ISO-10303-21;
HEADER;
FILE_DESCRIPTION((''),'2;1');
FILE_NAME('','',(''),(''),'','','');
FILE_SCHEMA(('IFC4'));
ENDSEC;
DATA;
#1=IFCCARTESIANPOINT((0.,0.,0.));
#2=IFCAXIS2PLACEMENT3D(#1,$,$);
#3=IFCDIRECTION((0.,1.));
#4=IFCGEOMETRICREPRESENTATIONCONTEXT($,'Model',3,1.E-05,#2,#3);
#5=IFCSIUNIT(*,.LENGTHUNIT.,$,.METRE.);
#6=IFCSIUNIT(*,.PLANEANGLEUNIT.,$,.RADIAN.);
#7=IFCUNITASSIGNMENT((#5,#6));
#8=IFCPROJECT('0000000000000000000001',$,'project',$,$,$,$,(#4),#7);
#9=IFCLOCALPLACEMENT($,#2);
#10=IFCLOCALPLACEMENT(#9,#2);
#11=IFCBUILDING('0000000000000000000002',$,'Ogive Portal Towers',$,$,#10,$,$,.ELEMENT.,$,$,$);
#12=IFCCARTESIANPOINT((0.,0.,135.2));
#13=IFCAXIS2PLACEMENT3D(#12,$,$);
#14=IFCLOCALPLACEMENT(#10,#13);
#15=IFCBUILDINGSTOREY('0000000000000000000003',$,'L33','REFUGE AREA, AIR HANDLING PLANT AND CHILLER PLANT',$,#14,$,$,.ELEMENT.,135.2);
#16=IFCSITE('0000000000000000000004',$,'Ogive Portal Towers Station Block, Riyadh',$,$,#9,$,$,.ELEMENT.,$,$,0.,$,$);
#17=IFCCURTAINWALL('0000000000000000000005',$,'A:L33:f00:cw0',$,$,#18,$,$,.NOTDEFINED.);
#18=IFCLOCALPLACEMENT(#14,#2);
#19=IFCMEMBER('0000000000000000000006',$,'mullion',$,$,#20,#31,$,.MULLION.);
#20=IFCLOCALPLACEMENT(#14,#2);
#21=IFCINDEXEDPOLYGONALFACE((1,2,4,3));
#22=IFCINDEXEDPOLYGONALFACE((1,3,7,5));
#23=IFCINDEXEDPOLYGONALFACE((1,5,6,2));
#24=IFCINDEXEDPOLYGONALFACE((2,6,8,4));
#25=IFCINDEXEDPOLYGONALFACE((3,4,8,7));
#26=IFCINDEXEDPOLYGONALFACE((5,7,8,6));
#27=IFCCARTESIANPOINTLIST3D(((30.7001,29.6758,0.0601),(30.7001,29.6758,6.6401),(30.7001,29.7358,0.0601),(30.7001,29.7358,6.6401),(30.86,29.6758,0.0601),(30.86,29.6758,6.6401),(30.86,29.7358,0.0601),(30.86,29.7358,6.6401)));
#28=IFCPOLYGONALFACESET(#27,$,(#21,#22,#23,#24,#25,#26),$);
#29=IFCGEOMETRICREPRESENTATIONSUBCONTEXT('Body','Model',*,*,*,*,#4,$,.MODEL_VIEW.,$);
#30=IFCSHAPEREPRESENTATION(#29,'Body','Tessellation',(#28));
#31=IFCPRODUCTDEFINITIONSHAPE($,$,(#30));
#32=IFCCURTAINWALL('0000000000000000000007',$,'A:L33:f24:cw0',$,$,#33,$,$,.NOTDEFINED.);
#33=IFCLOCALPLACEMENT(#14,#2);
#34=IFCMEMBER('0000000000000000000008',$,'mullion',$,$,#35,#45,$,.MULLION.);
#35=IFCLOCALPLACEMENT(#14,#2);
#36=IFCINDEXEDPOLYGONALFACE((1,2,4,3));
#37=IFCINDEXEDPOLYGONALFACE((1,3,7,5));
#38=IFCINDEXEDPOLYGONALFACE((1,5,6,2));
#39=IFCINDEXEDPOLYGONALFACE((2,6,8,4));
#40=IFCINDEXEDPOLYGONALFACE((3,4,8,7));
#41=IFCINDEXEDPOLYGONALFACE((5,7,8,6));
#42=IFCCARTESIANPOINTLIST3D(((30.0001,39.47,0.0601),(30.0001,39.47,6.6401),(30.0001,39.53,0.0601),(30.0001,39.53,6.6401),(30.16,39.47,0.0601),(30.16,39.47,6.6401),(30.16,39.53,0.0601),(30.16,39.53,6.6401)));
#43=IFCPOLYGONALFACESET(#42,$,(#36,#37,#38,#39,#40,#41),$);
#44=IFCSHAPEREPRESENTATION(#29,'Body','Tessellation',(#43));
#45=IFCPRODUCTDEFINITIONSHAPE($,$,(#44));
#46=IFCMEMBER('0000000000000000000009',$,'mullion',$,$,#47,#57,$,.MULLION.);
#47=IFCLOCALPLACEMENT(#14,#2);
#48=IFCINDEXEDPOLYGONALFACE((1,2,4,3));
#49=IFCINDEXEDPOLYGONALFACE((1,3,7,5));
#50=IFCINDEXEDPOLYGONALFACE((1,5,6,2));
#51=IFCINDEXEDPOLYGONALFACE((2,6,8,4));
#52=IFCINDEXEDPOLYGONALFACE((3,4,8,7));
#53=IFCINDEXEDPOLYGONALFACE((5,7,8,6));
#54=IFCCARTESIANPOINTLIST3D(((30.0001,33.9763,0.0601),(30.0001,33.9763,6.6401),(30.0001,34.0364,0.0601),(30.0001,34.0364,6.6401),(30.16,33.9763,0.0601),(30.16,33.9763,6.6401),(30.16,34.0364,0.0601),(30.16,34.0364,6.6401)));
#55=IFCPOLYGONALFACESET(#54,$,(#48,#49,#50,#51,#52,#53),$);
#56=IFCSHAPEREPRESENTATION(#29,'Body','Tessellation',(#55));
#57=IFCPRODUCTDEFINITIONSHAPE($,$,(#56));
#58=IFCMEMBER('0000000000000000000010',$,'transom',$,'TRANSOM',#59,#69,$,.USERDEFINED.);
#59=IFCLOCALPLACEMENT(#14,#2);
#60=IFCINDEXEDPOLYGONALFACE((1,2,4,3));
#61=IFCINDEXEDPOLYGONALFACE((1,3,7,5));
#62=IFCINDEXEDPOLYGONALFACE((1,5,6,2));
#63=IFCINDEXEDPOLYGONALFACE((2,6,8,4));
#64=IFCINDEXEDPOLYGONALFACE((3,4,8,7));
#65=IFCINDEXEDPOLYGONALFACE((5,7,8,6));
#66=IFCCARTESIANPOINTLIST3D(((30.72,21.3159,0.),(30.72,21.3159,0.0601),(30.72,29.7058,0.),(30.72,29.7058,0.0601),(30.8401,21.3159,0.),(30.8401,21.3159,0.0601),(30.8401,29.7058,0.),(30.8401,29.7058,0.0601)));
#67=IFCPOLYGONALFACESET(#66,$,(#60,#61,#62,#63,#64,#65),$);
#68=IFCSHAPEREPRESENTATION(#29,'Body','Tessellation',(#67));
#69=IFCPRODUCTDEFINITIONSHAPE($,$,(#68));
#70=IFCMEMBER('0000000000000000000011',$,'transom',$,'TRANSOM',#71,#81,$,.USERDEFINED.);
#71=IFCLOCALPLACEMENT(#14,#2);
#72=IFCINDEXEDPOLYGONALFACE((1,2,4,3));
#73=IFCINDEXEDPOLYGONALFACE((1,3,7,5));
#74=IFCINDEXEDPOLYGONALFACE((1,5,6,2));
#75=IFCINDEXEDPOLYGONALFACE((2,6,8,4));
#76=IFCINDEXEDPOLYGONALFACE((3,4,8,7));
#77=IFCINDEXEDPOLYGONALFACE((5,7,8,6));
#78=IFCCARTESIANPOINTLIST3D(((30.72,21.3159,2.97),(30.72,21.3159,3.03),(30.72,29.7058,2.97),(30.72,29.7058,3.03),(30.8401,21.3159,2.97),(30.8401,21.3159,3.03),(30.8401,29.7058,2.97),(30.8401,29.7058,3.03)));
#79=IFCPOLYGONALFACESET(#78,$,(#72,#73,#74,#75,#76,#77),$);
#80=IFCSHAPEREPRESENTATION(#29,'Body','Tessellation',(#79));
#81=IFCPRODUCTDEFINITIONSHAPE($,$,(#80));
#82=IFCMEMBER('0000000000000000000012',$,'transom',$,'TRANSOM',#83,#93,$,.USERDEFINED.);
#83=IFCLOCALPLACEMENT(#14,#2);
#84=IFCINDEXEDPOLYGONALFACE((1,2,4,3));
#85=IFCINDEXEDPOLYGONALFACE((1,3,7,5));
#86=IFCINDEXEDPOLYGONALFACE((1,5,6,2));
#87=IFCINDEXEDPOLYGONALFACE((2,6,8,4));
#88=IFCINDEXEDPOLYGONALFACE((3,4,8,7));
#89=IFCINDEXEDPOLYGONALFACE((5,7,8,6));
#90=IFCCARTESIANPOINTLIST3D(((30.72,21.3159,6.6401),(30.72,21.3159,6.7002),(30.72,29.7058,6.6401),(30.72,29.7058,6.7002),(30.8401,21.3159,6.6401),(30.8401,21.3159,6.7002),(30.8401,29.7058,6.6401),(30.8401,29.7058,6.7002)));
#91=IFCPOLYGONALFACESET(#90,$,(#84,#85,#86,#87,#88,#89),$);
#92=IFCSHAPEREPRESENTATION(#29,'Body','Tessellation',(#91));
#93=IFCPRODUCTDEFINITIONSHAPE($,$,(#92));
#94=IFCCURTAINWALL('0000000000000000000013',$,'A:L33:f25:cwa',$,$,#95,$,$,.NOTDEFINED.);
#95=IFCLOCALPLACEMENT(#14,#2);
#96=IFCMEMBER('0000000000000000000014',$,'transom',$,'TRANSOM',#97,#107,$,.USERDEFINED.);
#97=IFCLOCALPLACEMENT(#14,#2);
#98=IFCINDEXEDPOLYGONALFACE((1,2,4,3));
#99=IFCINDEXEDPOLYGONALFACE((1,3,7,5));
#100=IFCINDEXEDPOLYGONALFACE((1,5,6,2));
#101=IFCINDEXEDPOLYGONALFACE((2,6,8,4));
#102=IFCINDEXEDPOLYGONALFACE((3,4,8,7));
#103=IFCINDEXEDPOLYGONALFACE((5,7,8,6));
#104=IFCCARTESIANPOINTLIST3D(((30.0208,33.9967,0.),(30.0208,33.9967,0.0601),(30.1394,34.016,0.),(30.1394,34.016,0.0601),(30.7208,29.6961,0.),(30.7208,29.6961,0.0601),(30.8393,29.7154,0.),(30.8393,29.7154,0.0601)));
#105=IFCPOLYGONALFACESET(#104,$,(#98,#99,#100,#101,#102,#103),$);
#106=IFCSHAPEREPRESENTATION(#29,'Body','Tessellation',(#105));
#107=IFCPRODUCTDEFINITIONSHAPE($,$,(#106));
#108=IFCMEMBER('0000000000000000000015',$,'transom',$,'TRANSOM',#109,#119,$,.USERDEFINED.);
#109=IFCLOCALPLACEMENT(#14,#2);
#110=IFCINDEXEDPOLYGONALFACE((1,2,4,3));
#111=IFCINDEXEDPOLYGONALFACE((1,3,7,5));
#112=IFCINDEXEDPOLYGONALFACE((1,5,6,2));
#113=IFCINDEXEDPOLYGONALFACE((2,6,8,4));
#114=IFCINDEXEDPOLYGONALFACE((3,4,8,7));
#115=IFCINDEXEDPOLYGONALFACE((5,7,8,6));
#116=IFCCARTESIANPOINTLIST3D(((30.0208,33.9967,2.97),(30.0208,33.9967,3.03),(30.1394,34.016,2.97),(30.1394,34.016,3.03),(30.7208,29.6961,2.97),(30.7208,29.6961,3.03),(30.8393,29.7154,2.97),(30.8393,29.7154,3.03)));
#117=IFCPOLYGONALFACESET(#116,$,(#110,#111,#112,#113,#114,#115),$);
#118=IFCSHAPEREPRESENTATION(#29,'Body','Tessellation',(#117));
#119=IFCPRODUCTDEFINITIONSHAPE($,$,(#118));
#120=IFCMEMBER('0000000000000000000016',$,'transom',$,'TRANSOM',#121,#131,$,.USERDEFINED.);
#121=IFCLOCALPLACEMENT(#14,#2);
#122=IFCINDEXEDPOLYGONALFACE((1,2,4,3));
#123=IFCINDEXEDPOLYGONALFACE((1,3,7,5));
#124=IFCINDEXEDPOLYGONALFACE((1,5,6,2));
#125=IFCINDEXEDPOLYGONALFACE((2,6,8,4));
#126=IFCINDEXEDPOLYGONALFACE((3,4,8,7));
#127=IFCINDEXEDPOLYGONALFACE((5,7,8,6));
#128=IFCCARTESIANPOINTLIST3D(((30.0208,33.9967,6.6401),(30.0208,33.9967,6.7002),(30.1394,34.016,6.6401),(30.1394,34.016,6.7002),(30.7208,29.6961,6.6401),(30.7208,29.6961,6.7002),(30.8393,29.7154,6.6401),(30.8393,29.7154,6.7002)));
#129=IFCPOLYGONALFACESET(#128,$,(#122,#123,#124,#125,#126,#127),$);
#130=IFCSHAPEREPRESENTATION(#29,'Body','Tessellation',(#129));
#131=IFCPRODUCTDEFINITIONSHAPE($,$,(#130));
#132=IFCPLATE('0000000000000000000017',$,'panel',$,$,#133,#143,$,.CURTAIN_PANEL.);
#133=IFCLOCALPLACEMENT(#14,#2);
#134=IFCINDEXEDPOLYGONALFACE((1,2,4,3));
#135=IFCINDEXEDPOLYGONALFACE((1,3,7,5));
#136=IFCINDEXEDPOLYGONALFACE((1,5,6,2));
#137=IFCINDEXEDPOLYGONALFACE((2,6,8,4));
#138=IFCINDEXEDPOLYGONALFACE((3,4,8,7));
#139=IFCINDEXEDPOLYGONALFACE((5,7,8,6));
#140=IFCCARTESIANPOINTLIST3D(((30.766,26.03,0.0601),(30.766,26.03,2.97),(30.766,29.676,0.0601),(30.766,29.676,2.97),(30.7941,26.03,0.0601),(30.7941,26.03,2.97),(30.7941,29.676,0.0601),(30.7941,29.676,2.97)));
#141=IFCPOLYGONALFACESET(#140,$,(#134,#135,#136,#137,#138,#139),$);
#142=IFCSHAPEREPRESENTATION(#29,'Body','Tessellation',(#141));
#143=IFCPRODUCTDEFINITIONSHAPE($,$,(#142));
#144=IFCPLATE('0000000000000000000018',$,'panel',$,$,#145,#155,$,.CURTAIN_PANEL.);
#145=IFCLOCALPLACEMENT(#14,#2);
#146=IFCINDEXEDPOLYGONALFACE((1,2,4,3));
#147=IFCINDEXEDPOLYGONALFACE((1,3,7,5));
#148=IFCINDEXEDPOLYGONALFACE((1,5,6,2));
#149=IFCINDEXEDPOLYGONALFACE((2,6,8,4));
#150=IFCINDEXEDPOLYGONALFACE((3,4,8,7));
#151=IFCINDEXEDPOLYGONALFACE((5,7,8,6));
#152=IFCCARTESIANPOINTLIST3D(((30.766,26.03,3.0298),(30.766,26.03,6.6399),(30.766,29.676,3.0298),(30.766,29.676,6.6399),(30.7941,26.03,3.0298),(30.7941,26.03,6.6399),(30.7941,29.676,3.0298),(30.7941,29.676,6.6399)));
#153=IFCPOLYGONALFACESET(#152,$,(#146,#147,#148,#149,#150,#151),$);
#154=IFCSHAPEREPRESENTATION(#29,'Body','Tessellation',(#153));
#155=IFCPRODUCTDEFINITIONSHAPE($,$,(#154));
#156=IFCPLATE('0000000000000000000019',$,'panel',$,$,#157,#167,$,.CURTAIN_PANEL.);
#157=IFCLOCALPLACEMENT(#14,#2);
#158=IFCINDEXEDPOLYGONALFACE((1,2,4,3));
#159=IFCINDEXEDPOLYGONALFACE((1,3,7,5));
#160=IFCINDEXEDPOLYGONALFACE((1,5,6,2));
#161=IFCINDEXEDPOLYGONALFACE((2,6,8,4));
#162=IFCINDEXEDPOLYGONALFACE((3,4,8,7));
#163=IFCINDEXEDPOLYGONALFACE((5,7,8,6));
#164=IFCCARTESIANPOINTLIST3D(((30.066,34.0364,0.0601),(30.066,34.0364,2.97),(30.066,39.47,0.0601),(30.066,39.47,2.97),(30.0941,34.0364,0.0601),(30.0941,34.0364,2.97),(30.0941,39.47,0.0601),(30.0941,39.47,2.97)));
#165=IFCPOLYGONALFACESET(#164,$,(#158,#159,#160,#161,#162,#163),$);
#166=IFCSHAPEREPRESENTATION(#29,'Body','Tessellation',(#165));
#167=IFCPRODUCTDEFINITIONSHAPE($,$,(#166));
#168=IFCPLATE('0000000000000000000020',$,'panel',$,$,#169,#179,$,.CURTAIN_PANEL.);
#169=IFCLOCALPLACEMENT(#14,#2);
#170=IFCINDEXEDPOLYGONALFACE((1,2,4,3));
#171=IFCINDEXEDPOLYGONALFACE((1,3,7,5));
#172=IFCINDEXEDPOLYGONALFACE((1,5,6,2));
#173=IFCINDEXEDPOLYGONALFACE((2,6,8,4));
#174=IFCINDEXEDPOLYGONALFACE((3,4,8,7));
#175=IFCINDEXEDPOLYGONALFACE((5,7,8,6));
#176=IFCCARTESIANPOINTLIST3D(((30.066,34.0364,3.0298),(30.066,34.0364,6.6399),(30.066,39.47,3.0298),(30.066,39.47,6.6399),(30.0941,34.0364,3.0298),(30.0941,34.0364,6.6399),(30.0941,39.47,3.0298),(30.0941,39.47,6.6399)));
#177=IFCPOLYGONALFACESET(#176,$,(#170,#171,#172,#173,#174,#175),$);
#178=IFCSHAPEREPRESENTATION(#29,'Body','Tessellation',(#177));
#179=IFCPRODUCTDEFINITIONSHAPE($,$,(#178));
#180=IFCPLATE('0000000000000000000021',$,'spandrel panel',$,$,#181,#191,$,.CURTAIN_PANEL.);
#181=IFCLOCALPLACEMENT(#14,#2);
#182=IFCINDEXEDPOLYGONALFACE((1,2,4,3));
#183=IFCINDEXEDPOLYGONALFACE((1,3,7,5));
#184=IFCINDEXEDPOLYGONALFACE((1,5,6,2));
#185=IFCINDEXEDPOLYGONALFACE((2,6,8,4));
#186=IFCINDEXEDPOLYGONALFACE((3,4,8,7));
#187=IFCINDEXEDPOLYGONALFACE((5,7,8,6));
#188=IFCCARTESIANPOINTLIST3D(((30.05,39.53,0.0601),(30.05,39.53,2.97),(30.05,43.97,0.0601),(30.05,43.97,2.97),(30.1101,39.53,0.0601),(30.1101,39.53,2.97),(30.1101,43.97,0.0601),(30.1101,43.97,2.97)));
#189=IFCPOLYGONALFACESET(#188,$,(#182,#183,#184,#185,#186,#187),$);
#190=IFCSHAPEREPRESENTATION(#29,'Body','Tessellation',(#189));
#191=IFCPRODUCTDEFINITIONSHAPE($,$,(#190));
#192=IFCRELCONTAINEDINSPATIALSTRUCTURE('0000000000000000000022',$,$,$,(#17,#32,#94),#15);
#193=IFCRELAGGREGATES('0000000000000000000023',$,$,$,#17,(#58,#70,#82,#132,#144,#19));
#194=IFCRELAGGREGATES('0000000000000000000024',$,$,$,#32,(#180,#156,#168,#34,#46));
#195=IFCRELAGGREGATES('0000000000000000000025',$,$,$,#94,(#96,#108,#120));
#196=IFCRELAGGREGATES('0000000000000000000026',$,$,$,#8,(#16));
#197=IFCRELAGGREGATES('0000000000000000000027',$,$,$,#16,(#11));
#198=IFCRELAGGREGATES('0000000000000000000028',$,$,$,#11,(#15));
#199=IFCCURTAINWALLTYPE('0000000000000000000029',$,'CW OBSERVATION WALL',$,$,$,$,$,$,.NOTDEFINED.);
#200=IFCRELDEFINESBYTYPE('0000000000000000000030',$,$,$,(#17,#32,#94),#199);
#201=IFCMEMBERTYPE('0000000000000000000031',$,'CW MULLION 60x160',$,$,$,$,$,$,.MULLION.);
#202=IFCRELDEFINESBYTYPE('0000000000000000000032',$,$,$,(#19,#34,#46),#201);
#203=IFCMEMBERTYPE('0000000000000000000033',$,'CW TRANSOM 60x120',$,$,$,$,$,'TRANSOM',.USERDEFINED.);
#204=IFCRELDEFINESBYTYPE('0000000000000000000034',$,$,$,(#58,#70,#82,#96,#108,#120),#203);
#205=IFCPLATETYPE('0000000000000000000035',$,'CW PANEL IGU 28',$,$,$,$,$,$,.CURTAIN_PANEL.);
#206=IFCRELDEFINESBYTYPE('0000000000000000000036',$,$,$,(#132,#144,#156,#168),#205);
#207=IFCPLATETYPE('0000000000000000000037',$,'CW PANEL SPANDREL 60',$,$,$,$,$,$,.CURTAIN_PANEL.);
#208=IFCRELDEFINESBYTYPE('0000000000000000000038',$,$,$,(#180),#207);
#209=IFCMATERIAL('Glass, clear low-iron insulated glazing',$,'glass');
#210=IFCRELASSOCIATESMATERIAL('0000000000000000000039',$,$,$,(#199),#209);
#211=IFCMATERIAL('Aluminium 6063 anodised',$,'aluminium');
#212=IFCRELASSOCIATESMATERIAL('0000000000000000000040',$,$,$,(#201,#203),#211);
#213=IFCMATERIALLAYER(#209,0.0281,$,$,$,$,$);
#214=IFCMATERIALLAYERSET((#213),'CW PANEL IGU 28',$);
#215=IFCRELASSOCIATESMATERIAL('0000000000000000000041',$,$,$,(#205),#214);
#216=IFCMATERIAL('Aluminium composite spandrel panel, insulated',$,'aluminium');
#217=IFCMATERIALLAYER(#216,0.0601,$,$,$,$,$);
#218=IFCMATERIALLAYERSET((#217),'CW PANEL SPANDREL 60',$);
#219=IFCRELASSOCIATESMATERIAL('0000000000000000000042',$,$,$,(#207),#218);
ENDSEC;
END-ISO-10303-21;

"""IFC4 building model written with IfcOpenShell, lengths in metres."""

from ifc_helpers import new_model, si_unit, direction, frame, origin, origin_2d, place, context, subcontext, project, spatial, rectangle, extrude, material, layer, layer_set, material_profile, profile_set, type_object, element, aggregate, save


model = new_model("IFC4")

# Units and contexts
model_context = context("Model", 3, precision=1e-05, world=origin(), true_north=direction((0.0, 1.0)))
body_context = subcontext(model_context, "Body", "Model", "MODEL_VIEW")
ifc_project = project(units=[si_unit("LENGTHUNIT", "METRE"), si_unit("PLANEANGLEUNIT", "RADIAN")], contexts=[model_context])

# Site, building, storey
site_placement = place(None, origin())
site = spatial("IfcSite", under=ifc_project, at=site_placement, Name="Ogive Portal Towers Station Block, Riyadh", CompositionType="ELEMENT", RefElevation=0.0)
building_placement = place(site_placement, origin())
building = spatial("IfcBuilding", under=site, at=building_placement, Name="Ogive Portal Towers", CompositionType="ELEMENT")
storey_placement = place(building_placement, frame((0.0, 0.0, 135.2)))
storey = spatial("IfcBuildingStorey", under=building, at=storey_placement, Name="L33", Description="REFUGE AREA, AIR HANDLING PLANT AND CHILLER PLANT", CompositionType="ELEMENT", Elevation=135.2)

# Curtain wall, member
ifc_material_1 = material(Name="Glass, clear low-iron insulated glazing", Category="glass")
curtain_wall_type = type_object("IfcCurtainWallType", Name="CW OBSERVATION WALL", PredefinedType="NOTDEFINED", material=ifc_material_1)
curtain_wall_1_placement = place(storey_placement, origin())
curtain_wall_1 = element("IfcCurtainWall", 1, at=curtain_wall_1_placement, inside=storey, type_object=curtain_wall_type, Name="A:L33:f00:cw0", PredefinedType="NOTDEFINED")
ifc_material_2 = material(Name="Aluminium 6063 anodised", Category="aluminium")
ifc_material_profile_1 = material_profile(ifc_material_2, rectangle(XDim=0.1599, YDim=0.0601, at=origin_2d()), Name="AL 60x160")
ifc_profile_set_1 = profile_set([ifc_material_profile_1], Name="Aluminium 6063 anodised")
member_type_1 = type_object("IfcMemberType", Name="CW MULLION 60x160", PredefinedType="MULLION", material=ifc_profile_set_1)
member_1_placement = place(storey_placement, frame((30.78, 29.7058, 0.0601), z_axis=(0.0, 0.0, 1.0), x_axis=(1.0, 0.0, 0.0)))
member_1 = element("IfcMember", 2, at=member_1_placement, type_object=member_type_1, Name="mullion", PredefinedType="MULLION", context=body_context, shape_type="SweptSolid", body=[
    extrude(rectangle(XDim=0.1599, YDim=0.0601, at=origin_2d()), origin(), (0.0, 0.0, 1.0), 6.5801),
])

# Curtain wall, members
curtain_wall_2_placement = place(storey_placement, origin())
curtain_wall_2 = element("IfcCurtainWall", 3, at=curtain_wall_2_placement, inside=storey, type_object=curtain_wall_type, Name="A:L33:f24:cw0", PredefinedType="NOTDEFINED")
member_2_placement = place(storey_placement, frame((30.0801, 39.5, 0.0601), z_axis=(0.0, 0.0, 1.0), x_axis=(1.0, 0.0, 0.0)))
member_2 = element("IfcMember", 4, at=member_2_placement, type_object=member_type_1, Name="mullion", PredefinedType="MULLION", context=body_context, shape_type="SweptSolid", body=[
    extrude(rectangle(XDim=0.1599, YDim=0.0601, at=origin_2d()), origin(), (0.0, 0.0, 1.0), 6.5801),
])
member_3_placement = place(storey_placement, frame((30.0801, 34.0063, 0.0601), z_axis=(0.0, 0.0, 1.0), x_axis=(1.0, 0.0, 0.0)))
member_3 = element("IfcMember", 5, at=member_3_placement, type_object=member_type_1, Name="mullion", PredefinedType="MULLION", context=body_context, shape_type="SweptSolid", body=[
    extrude(rectangle(XDim=0.1599, YDim=0.0601, at=origin_2d()), origin(), (0.0, 0.0, 1.0), 6.5801),
])

# Members
ifc_material_profile_2 = material_profile(ifc_material_2, rectangle(XDim=0.1201, YDim=0.0601, at=origin_2d()), Name="AL 120x60")
ifc_profile_set_2 = profile_set([ifc_material_profile_2], Name="Aluminium 6063 anodised")
member_type_2 = type_object("IfcMemberType", Name="CW TRANSOM 60x120", ElementType="TRANSOM", PredefinedType="USERDEFINED", material=ifc_profile_set_2)
member_4_placement = place(storey_placement, frame((30.78, 29.7058, 0.03), z_axis=(0.0, -1.0, 0.0), x_axis=(1.0, 0.0, 0.0)))
member_4 = element("IfcMember", 6, at=member_4_placement, type_object=member_type_2, Name="transom", ObjectType="TRANSOM", PredefinedType="USERDEFINED", context=body_context, shape_type="SweptSolid", body=[
    extrude(rectangle(XDim=0.1201, YDim=0.0601, at=origin_2d()), origin(), (0.0, 0.0, 1.0), 8.3899),
])
member_5_placement = place(storey_placement, frame((30.78, 29.7058, 3.0), z_axis=(0.0, -1.0, 0.0), x_axis=(1.0, 0.0, 0.0)))
member_5 = element("IfcMember", 7, at=member_5_placement, type_object=member_type_2, Name="transom", ObjectType="TRANSOM", PredefinedType="USERDEFINED", context=body_context, shape_type="SweptSolid", body=[
    extrude(rectangle(XDim=0.1201, YDim=0.0601, at=origin_2d()), origin(), (0.0, 0.0, 1.0), 8.3899),
])
member_6_placement = place(storey_placement, frame((30.78, 29.7058, 6.6702), z_axis=(0.0, -1.0, 0.0), x_axis=(1.0, 0.0, 0.0)))
member_6 = element("IfcMember", 8, at=member_6_placement, type_object=member_type_2, Name="transom", ObjectType="TRANSOM", PredefinedType="USERDEFINED", context=body_context, shape_type="SweptSolid", body=[
    extrude(rectangle(XDim=0.1201, YDim=0.0601, at=origin_2d()), origin(), (0.0, 0.0, 1.0), 8.3899),
])

# Curtain wall, members
curtain_wall_3_placement = place(storey_placement, origin())
curtain_wall_3 = element("IfcCurtainWall", 9, at=curtain_wall_3_placement, inside=storey, type_object=curtain_wall_type, Name="A:L33:f25:cwa", PredefinedType="NOTDEFINED")
member_7_placement = place(storey_placement, frame((30.0801, 34.0063, 0.03), z_axis=(0.160645, -0.987012, 0.0), x_axis=(0.987012, 0.160645, 0.0)))
member_7 = element("IfcMember", 10, at=member_7_placement, type_object=member_type_2, Name="transom", ObjectType="TRANSOM", PredefinedType="USERDEFINED", context=body_context, shape_type="SweptSolid", body=[
    extrude(rectangle(XDim=0.1201, YDim=0.0601, at=origin_2d()), origin(), (0.0, 0.0, 1.0), 4.3572),
])
member_8_placement = place(storey_placement, frame((30.0801, 34.0063, 3.0), z_axis=(0.160645, -0.987012, 0.0), x_axis=(0.987012, 0.160645, 0.0)))
member_8 = element("IfcMember", 11, at=member_8_placement, type_object=member_type_2, Name="transom", ObjectType="TRANSOM", PredefinedType="USERDEFINED", context=body_context, shape_type="SweptSolid", body=[
    extrude(rectangle(XDim=0.1201, YDim=0.0601, at=origin_2d()), origin(), (0.0, 0.0, 1.0), 4.3572),
])
member_9_placement = place(storey_placement, frame((30.0801, 34.0063, 6.6702), z_axis=(0.160645, -0.987012, 0.0), x_axis=(0.987012, 0.160645, 0.0)))
member_9 = element("IfcMember", 12, at=member_9_placement, type_object=member_type_2, Name="transom", ObjectType="TRANSOM", PredefinedType="USERDEFINED", context=body_context, shape_type="SweptSolid", body=[
    extrude(rectangle(XDim=0.1201, YDim=0.0601, at=origin_2d()), origin(), (0.0, 0.0, 1.0), 4.3572),
])

# Plates
ifc_layer_1 = layer(ifc_material_1, 0.0281)
ifc_layer_set_1 = layer_set([ifc_layer_1], Name="CW PANEL IGU 28")
plate_type_1 = type_object("IfcPlateType", Name="CW PANEL IGU 28", PredefinedType="CURTAIN_PANEL", material=ifc_layer_set_1)
plate_1_placement = place(storey_placement, frame((30.78, 27.853, 0.0601), z_axis=(0.0, 0.0, 1.0), x_axis=(0.0, -1.0, 0.0)))
plate_1 = element("IfcPlate", 13, at=plate_1_placement, type_object=plate_type_1, Name="panel", PredefinedType="CURTAIN_PANEL", context=body_context, shape_type="SweptSolid", body=[
    extrude(rectangle(XDim=3.646, YDim=0.0281, at=origin_2d()), origin(), (0.0, 0.0, 1.0), 2.9099),
])
plate_2_placement = place(storey_placement, frame((30.78, 27.853, 3.0298), z_axis=(0.0, 0.0, 1.0), x_axis=(0.0, -1.0, 0.0)))
plate_2 = element("IfcPlate", 14, at=plate_2_placement, type_object=plate_type_1, Name="panel", PredefinedType="CURTAIN_PANEL", context=body_context, shape_type="SweptSolid", body=[
    extrude(rectangle(XDim=3.646, YDim=0.0281, at=origin_2d()), origin(), (0.0, 0.0, 1.0), 3.6101),
])
aggregate(curtain_wall_1, [member_4, member_5, member_6, plate_1, plate_2, member_1])
plate_3_placement = place(storey_placement, frame((30.0801, 36.7532, 0.0601), z_axis=(0.0, 0.0, 1.0), x_axis=(0.0, -1.0, 0.0)))
plate_3 = element("IfcPlate", 15, at=plate_3_placement, type_object=plate_type_1, Name="panel", PredefinedType="CURTAIN_PANEL", context=body_context, shape_type="SweptSolid", body=[
    extrude(rectangle(XDim=5.4336, YDim=0.0281, at=origin_2d()), origin(), (0.0, 0.0, 1.0), 2.9099),
])
plate_4_placement = place(storey_placement, frame((30.0801, 36.7532, 3.0298), z_axis=(0.0, 0.0, 1.0), x_axis=(0.0, -1.0, 0.0)))
plate_4 = element("IfcPlate", 16, at=plate_4_placement, type_object=plate_type_1, Name="panel", PredefinedType="CURTAIN_PANEL", context=body_context, shape_type="SweptSolid", body=[
    extrude(rectangle(XDim=5.4336, YDim=0.0281, at=origin_2d()), origin(), (0.0, 0.0, 1.0), 3.6101),
])
ifc_material_3 = material(Name="Aluminium composite spandrel panel, insulated", Category="aluminium")
ifc_layer_2 = layer(ifc_material_3, 0.0601)
ifc_layer_set_2 = layer_set([ifc_layer_2], Name="CW PANEL SPANDREL 60")
plate_type_2 = type_object("IfcPlateType", Name="CW PANEL SPANDREL 60", PredefinedType="CURTAIN_PANEL", material=ifc_layer_set_2)
plate_5_placement = place(storey_placement, frame((30.0801, 41.75, 0.0601), z_axis=(0.0, 0.0, 1.0), x_axis=(0.0, -1.0, 0.0)))
plate_5 = element("IfcPlate", 17, at=plate_5_placement, type_object=plate_type_2, Name="spandrel panel", PredefinedType="CURTAIN_PANEL", context=body_context, shape_type="SweptSolid", body=[
    extrude(rectangle(XDim=4.4399, YDim=0.0601, at=origin_2d()), origin(), (0.0, 0.0, 1.0), 2.9099),
])
aggregate(curtain_wall_2, [plate_5, plate_3, plate_4, member_2, member_3])
aggregate(curtain_wall_3, [member_7, member_8, member_9])

save(model, "model.ifc")
